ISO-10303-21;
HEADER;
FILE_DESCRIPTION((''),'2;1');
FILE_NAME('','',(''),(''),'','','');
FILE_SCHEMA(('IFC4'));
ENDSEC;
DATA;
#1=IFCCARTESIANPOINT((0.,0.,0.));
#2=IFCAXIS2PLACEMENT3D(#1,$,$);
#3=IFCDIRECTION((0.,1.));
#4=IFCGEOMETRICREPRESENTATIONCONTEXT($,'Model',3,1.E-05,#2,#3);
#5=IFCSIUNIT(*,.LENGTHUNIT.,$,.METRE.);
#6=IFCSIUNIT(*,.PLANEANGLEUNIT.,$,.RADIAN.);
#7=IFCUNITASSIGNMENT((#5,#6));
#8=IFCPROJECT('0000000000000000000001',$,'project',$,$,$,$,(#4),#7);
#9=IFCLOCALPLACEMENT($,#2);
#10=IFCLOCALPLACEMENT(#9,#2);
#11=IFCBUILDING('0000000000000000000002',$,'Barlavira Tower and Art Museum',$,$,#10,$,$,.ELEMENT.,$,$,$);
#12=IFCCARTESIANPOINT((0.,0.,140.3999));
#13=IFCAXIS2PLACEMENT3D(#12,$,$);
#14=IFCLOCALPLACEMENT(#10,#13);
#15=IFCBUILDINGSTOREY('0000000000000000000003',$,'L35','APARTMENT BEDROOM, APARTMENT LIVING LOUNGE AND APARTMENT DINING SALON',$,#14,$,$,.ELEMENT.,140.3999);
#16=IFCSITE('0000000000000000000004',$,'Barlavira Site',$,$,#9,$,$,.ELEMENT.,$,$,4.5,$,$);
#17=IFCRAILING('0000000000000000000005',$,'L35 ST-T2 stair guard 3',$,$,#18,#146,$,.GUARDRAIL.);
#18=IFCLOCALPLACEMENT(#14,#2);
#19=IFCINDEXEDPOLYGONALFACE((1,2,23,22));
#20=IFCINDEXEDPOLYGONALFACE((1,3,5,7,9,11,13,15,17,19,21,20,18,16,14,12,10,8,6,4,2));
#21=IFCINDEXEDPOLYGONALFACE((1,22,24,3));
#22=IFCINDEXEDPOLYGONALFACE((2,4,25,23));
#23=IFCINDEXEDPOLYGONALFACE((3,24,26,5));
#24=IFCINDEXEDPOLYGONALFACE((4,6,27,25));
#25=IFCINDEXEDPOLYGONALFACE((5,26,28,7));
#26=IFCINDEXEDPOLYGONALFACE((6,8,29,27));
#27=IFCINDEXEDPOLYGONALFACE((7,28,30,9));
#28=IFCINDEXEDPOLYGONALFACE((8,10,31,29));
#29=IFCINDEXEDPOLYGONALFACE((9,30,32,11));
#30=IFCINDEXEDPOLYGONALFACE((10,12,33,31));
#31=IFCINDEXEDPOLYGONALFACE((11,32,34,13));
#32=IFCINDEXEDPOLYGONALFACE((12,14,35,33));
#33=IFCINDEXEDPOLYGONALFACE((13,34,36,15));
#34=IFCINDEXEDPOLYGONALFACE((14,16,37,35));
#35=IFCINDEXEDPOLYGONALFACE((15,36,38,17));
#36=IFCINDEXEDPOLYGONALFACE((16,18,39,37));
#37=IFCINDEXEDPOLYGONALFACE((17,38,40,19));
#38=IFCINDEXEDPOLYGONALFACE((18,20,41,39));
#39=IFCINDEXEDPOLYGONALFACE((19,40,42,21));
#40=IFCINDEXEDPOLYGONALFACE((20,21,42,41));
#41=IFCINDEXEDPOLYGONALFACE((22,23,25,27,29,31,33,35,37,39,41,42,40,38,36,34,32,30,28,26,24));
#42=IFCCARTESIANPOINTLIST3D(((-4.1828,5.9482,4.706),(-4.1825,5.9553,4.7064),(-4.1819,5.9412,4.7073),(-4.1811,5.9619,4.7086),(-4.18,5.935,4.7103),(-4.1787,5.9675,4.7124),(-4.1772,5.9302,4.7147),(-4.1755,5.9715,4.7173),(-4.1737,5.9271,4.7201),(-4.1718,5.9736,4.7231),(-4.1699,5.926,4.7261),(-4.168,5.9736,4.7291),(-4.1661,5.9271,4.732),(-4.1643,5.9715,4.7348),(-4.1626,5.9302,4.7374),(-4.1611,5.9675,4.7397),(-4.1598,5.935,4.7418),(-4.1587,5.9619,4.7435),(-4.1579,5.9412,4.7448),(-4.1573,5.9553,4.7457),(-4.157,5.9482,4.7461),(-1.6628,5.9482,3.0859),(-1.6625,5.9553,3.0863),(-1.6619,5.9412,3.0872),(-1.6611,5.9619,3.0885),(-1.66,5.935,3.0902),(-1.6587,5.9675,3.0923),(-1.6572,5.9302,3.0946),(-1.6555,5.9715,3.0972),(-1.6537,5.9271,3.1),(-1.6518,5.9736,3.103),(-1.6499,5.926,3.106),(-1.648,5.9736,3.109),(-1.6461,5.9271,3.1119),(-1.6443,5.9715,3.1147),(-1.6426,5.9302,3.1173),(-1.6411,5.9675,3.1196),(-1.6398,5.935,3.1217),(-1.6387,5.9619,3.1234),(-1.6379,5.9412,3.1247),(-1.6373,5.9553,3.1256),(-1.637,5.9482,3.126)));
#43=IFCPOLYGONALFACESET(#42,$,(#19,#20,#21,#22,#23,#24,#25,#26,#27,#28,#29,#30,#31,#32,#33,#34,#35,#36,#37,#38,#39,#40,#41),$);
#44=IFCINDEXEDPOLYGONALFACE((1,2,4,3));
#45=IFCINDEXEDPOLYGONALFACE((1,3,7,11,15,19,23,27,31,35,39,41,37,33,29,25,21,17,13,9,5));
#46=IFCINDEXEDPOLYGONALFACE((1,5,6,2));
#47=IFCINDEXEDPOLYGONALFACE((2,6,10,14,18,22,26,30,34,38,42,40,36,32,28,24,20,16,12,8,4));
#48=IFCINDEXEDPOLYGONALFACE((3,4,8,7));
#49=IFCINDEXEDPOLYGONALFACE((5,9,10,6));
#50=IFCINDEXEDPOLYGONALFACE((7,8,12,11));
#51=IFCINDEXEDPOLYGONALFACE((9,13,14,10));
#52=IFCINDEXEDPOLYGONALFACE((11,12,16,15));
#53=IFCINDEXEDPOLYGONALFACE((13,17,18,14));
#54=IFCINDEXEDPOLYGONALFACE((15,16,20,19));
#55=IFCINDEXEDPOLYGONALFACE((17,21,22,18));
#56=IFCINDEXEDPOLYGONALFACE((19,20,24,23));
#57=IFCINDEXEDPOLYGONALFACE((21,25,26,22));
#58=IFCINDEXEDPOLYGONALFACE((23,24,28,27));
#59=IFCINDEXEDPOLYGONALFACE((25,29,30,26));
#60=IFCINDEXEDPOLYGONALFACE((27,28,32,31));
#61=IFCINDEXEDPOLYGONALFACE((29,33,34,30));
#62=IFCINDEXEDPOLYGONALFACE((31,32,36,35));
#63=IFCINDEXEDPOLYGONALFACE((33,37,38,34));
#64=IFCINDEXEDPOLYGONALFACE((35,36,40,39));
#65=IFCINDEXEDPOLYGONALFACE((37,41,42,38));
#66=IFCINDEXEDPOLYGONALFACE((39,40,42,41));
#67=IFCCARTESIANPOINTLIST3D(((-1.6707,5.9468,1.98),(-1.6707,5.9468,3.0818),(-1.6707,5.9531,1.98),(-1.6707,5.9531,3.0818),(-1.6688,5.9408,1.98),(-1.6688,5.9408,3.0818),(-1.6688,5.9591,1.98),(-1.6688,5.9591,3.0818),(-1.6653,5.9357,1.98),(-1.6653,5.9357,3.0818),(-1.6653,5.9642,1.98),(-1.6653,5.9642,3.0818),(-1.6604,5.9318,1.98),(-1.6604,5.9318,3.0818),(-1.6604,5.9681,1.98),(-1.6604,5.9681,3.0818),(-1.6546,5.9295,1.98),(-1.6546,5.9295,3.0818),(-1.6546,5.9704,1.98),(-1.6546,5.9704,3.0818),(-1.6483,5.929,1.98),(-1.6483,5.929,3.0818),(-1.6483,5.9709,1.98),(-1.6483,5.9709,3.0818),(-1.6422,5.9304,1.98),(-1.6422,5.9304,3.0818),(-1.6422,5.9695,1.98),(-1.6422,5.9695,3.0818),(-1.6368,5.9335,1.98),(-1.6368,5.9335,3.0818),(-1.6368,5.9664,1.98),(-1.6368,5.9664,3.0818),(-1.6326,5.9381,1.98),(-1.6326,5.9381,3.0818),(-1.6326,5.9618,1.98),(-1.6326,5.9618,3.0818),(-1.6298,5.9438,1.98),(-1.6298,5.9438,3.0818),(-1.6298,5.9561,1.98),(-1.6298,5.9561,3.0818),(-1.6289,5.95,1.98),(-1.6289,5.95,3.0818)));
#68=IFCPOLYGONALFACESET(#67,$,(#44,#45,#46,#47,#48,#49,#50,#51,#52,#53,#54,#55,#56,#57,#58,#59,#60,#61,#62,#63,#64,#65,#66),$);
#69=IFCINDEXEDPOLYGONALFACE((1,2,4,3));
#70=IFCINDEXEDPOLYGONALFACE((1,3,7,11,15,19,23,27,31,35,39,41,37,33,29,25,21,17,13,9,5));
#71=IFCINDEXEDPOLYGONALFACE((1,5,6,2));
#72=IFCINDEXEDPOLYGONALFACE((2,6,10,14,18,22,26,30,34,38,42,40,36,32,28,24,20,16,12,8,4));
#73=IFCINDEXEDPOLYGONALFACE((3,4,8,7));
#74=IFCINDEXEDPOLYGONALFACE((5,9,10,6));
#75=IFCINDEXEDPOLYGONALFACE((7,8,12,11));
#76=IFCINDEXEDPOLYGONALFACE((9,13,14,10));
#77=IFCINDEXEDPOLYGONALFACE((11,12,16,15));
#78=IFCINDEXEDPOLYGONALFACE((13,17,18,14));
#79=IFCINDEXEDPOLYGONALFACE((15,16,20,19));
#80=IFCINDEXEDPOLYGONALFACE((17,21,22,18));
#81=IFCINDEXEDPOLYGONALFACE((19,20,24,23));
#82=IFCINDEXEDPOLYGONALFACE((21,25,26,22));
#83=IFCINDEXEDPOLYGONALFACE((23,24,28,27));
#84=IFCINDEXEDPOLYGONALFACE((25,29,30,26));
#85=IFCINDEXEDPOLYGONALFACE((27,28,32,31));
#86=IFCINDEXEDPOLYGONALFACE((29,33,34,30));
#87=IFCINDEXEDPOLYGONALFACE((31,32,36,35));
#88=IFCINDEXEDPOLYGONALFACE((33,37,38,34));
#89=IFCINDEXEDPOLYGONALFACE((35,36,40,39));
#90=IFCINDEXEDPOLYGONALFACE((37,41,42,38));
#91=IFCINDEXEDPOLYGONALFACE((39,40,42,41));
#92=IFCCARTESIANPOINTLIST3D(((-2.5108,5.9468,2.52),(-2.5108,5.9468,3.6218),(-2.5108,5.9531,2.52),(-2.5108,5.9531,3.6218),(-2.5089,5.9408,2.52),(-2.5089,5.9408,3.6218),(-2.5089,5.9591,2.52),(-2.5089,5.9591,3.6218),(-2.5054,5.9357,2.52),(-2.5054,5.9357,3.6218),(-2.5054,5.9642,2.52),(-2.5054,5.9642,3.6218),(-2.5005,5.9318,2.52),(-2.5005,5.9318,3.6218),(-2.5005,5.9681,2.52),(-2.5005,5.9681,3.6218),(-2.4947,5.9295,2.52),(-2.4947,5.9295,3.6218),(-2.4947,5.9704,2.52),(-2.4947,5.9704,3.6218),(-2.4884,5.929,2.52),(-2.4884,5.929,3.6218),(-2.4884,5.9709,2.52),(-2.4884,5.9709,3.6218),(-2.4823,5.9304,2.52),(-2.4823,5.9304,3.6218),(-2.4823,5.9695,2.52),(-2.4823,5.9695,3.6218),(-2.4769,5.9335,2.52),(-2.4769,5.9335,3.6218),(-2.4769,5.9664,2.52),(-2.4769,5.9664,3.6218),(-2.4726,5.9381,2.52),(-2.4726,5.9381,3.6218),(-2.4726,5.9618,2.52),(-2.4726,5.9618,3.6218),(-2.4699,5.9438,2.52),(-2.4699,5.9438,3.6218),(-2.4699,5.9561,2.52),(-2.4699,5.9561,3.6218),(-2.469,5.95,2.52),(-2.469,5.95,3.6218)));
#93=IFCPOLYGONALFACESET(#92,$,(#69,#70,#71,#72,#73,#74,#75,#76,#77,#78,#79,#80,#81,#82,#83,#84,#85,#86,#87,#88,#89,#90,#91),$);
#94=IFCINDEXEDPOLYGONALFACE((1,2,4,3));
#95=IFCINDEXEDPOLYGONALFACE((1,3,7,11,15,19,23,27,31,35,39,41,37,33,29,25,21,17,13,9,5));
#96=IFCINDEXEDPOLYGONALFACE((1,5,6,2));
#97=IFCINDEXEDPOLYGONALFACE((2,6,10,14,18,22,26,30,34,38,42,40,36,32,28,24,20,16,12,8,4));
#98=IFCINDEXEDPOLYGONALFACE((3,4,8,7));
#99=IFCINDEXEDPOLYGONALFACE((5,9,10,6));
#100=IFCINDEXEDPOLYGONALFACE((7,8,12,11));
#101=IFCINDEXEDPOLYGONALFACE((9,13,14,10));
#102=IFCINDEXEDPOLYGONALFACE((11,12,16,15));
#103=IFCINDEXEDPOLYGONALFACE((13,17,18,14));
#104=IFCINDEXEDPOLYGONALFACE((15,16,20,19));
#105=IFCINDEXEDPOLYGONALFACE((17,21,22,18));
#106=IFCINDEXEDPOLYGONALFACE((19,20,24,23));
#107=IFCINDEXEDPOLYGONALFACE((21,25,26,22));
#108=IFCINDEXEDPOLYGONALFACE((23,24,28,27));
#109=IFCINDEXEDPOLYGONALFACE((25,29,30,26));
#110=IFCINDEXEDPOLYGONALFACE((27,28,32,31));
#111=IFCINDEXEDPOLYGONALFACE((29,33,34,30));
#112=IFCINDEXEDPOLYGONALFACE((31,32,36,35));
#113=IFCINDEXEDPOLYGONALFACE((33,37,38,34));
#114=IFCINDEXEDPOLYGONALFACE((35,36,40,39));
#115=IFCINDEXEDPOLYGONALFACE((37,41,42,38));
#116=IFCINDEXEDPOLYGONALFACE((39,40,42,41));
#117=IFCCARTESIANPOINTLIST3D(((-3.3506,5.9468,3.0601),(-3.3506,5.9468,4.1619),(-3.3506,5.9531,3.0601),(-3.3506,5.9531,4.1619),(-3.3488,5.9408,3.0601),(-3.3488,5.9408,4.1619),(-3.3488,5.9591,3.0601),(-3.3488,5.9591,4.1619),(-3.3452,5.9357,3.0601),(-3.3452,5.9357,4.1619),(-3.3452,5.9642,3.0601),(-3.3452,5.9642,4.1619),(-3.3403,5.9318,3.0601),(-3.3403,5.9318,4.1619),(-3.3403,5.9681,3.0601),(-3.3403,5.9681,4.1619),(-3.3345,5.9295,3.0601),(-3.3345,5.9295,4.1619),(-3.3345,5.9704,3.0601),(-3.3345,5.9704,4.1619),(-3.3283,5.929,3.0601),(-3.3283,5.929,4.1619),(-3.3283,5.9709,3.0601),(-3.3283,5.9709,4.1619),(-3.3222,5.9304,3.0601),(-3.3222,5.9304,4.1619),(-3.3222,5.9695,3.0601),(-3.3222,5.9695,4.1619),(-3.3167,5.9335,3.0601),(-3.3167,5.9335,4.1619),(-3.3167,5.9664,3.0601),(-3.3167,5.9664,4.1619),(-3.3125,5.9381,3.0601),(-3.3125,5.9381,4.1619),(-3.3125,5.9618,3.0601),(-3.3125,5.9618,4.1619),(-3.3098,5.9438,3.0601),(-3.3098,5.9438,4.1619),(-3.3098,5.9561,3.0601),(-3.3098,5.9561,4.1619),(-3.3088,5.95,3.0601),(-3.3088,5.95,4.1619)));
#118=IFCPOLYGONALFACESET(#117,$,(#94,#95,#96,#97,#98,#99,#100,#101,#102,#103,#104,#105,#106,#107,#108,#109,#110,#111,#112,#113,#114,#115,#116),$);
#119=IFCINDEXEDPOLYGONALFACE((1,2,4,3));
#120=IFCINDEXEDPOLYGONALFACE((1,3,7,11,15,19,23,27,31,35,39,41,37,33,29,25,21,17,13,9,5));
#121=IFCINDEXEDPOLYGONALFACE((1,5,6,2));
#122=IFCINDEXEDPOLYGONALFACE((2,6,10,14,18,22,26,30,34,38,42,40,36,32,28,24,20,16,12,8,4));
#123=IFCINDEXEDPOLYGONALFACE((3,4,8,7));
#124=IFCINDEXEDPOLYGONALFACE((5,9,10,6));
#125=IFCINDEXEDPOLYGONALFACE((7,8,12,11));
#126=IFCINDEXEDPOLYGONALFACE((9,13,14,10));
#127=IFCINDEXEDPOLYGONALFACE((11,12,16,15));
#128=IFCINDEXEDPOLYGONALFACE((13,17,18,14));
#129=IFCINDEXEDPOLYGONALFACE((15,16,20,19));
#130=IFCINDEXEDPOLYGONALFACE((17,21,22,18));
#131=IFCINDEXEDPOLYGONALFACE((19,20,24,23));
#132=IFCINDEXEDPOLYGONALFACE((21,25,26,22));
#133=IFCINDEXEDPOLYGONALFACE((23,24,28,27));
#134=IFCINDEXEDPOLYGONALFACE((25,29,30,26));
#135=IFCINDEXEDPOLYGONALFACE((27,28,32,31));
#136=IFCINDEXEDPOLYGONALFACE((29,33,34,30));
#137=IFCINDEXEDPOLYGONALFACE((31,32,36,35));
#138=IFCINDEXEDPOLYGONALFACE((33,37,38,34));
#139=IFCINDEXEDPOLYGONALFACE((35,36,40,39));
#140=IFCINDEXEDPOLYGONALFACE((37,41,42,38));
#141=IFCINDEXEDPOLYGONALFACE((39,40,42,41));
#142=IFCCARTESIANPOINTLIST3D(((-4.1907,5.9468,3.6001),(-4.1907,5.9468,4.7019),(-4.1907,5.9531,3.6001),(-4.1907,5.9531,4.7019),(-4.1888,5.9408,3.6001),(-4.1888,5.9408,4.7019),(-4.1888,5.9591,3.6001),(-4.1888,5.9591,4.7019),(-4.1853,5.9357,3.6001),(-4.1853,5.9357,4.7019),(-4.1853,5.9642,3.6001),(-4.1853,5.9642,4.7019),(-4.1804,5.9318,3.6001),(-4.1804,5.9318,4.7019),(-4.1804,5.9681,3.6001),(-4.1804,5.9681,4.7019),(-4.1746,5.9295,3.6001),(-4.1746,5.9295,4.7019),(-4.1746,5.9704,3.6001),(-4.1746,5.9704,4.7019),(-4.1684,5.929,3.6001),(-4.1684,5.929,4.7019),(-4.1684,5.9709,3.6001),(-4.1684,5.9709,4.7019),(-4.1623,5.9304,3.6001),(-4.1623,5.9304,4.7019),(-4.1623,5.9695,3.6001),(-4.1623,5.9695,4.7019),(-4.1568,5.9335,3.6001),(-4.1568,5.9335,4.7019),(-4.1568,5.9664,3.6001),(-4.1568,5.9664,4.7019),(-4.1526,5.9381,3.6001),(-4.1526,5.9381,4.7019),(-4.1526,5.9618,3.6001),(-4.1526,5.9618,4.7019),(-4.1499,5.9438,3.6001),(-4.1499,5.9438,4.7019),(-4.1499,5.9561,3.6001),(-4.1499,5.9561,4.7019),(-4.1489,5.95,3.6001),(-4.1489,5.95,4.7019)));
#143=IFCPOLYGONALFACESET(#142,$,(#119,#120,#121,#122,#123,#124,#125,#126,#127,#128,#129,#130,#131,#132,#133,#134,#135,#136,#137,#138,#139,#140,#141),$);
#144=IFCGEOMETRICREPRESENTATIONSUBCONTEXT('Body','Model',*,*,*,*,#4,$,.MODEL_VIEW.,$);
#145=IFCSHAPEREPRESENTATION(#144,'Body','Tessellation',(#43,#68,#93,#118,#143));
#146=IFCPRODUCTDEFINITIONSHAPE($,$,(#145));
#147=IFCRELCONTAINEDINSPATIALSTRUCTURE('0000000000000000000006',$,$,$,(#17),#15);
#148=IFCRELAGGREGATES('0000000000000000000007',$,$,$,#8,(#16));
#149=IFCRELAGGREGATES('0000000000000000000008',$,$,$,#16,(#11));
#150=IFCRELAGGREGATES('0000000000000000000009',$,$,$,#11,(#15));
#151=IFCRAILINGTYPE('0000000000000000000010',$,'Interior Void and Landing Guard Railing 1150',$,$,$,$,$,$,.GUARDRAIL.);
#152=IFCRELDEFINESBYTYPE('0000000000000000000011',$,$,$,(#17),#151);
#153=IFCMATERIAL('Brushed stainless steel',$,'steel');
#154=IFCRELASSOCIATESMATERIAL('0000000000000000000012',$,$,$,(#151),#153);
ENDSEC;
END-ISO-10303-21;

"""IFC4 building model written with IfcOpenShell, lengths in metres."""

from ifc_helpers import new_model, si_unit, direction, frame, origin, origin_2d, place, context, subcontext, project, spatial, circle, extrude, material, type_object, element, save


model = new_model("IFC4")

# Units and contexts
model_context = context("Model", 3, precision=1e-05, world=origin(), true_north=direction((0.0, 1.0)))
body_context = subcontext(model_context, "Body", "Model", "MODEL_VIEW")
ifc_project = project(units=[si_unit("LENGTHUNIT", "METRE"), si_unit("PLANEANGLEUNIT", "RADIAN")], contexts=[model_context])

# Site, building, storey
site_placement = place(None, origin())
site = spatial("IfcSite", under=ifc_project, at=site_placement, Name="Barlavira Site", CompositionType="ELEMENT", RefElevation=4.5)
building_placement = place(site_placement, origin())
building = spatial("IfcBuilding", under=site, at=building_placement, Name="Barlavira Tower and Art Museum", CompositionType="ELEMENT")
storey_placement = place(building_placement, frame((0.0, 0.0, 140.3999)))
storey = spatial("IfcBuildingStorey", under=building, at=storey_placement, Name="L35", Description="APARTMENT BEDROOM, APARTMENT LIVING LOUNGE AND APARTMENT DINING SALON", CompositionType="ELEMENT", Elevation=140.3999)

# Shared definitions
ifc_material_1 = material(Name="Brushed stainless steel", Category="steel")

# Railing
railing_type_1 = type_object("IfcRailingType", Name="Interior Void and Landing Guard Railing 1150", PredefinedType="GUARDRAIL", material=ifc_material_1)
railing_1_placement = place(storey_placement, frame((-1.6499, 5.95, 1.98)))
element("IfcRailing", 1, at=railing_1_placement, inside=storey, type_object=railing_type_1, Name="L35 ST-T2 stair guard 3", PredefinedType="GUARDRAIL", context=body_context, shape_type="SweptSolid", body=[
    extrude(circle(Radius=0.0239, at=origin_2d()), frame((0.0, 0.0, 1.126), z_axis=(-0.841163, 0.0, 0.540782), x_axis=(0.0, -1.0, 0.0)), (0.0, 0.0, 1.0), 2.9958),
    extrude(circle(Radius=0.021, at=origin_2d()), origin(), (0.0, 0.0, 1.0), 1.1018),
    extrude(circle(Radius=0.021, at=origin_2d()), frame((-0.8401, 0.0, 0.54)), (0.0, 0.0, 1.0), 1.1018),
    extrude(circle(Radius=0.021, at=origin_2d()), frame((-1.6799, 0.0, 1.0801)), (0.0, 0.0, 1.0), 1.1018),
    extrude(circle(Radius=0.021, at=origin_2d()), frame((-2.52, 0.0, 1.6201)), (0.0, 0.0, 1.0), 1.1018),
])

save(model, "model.ifc")
